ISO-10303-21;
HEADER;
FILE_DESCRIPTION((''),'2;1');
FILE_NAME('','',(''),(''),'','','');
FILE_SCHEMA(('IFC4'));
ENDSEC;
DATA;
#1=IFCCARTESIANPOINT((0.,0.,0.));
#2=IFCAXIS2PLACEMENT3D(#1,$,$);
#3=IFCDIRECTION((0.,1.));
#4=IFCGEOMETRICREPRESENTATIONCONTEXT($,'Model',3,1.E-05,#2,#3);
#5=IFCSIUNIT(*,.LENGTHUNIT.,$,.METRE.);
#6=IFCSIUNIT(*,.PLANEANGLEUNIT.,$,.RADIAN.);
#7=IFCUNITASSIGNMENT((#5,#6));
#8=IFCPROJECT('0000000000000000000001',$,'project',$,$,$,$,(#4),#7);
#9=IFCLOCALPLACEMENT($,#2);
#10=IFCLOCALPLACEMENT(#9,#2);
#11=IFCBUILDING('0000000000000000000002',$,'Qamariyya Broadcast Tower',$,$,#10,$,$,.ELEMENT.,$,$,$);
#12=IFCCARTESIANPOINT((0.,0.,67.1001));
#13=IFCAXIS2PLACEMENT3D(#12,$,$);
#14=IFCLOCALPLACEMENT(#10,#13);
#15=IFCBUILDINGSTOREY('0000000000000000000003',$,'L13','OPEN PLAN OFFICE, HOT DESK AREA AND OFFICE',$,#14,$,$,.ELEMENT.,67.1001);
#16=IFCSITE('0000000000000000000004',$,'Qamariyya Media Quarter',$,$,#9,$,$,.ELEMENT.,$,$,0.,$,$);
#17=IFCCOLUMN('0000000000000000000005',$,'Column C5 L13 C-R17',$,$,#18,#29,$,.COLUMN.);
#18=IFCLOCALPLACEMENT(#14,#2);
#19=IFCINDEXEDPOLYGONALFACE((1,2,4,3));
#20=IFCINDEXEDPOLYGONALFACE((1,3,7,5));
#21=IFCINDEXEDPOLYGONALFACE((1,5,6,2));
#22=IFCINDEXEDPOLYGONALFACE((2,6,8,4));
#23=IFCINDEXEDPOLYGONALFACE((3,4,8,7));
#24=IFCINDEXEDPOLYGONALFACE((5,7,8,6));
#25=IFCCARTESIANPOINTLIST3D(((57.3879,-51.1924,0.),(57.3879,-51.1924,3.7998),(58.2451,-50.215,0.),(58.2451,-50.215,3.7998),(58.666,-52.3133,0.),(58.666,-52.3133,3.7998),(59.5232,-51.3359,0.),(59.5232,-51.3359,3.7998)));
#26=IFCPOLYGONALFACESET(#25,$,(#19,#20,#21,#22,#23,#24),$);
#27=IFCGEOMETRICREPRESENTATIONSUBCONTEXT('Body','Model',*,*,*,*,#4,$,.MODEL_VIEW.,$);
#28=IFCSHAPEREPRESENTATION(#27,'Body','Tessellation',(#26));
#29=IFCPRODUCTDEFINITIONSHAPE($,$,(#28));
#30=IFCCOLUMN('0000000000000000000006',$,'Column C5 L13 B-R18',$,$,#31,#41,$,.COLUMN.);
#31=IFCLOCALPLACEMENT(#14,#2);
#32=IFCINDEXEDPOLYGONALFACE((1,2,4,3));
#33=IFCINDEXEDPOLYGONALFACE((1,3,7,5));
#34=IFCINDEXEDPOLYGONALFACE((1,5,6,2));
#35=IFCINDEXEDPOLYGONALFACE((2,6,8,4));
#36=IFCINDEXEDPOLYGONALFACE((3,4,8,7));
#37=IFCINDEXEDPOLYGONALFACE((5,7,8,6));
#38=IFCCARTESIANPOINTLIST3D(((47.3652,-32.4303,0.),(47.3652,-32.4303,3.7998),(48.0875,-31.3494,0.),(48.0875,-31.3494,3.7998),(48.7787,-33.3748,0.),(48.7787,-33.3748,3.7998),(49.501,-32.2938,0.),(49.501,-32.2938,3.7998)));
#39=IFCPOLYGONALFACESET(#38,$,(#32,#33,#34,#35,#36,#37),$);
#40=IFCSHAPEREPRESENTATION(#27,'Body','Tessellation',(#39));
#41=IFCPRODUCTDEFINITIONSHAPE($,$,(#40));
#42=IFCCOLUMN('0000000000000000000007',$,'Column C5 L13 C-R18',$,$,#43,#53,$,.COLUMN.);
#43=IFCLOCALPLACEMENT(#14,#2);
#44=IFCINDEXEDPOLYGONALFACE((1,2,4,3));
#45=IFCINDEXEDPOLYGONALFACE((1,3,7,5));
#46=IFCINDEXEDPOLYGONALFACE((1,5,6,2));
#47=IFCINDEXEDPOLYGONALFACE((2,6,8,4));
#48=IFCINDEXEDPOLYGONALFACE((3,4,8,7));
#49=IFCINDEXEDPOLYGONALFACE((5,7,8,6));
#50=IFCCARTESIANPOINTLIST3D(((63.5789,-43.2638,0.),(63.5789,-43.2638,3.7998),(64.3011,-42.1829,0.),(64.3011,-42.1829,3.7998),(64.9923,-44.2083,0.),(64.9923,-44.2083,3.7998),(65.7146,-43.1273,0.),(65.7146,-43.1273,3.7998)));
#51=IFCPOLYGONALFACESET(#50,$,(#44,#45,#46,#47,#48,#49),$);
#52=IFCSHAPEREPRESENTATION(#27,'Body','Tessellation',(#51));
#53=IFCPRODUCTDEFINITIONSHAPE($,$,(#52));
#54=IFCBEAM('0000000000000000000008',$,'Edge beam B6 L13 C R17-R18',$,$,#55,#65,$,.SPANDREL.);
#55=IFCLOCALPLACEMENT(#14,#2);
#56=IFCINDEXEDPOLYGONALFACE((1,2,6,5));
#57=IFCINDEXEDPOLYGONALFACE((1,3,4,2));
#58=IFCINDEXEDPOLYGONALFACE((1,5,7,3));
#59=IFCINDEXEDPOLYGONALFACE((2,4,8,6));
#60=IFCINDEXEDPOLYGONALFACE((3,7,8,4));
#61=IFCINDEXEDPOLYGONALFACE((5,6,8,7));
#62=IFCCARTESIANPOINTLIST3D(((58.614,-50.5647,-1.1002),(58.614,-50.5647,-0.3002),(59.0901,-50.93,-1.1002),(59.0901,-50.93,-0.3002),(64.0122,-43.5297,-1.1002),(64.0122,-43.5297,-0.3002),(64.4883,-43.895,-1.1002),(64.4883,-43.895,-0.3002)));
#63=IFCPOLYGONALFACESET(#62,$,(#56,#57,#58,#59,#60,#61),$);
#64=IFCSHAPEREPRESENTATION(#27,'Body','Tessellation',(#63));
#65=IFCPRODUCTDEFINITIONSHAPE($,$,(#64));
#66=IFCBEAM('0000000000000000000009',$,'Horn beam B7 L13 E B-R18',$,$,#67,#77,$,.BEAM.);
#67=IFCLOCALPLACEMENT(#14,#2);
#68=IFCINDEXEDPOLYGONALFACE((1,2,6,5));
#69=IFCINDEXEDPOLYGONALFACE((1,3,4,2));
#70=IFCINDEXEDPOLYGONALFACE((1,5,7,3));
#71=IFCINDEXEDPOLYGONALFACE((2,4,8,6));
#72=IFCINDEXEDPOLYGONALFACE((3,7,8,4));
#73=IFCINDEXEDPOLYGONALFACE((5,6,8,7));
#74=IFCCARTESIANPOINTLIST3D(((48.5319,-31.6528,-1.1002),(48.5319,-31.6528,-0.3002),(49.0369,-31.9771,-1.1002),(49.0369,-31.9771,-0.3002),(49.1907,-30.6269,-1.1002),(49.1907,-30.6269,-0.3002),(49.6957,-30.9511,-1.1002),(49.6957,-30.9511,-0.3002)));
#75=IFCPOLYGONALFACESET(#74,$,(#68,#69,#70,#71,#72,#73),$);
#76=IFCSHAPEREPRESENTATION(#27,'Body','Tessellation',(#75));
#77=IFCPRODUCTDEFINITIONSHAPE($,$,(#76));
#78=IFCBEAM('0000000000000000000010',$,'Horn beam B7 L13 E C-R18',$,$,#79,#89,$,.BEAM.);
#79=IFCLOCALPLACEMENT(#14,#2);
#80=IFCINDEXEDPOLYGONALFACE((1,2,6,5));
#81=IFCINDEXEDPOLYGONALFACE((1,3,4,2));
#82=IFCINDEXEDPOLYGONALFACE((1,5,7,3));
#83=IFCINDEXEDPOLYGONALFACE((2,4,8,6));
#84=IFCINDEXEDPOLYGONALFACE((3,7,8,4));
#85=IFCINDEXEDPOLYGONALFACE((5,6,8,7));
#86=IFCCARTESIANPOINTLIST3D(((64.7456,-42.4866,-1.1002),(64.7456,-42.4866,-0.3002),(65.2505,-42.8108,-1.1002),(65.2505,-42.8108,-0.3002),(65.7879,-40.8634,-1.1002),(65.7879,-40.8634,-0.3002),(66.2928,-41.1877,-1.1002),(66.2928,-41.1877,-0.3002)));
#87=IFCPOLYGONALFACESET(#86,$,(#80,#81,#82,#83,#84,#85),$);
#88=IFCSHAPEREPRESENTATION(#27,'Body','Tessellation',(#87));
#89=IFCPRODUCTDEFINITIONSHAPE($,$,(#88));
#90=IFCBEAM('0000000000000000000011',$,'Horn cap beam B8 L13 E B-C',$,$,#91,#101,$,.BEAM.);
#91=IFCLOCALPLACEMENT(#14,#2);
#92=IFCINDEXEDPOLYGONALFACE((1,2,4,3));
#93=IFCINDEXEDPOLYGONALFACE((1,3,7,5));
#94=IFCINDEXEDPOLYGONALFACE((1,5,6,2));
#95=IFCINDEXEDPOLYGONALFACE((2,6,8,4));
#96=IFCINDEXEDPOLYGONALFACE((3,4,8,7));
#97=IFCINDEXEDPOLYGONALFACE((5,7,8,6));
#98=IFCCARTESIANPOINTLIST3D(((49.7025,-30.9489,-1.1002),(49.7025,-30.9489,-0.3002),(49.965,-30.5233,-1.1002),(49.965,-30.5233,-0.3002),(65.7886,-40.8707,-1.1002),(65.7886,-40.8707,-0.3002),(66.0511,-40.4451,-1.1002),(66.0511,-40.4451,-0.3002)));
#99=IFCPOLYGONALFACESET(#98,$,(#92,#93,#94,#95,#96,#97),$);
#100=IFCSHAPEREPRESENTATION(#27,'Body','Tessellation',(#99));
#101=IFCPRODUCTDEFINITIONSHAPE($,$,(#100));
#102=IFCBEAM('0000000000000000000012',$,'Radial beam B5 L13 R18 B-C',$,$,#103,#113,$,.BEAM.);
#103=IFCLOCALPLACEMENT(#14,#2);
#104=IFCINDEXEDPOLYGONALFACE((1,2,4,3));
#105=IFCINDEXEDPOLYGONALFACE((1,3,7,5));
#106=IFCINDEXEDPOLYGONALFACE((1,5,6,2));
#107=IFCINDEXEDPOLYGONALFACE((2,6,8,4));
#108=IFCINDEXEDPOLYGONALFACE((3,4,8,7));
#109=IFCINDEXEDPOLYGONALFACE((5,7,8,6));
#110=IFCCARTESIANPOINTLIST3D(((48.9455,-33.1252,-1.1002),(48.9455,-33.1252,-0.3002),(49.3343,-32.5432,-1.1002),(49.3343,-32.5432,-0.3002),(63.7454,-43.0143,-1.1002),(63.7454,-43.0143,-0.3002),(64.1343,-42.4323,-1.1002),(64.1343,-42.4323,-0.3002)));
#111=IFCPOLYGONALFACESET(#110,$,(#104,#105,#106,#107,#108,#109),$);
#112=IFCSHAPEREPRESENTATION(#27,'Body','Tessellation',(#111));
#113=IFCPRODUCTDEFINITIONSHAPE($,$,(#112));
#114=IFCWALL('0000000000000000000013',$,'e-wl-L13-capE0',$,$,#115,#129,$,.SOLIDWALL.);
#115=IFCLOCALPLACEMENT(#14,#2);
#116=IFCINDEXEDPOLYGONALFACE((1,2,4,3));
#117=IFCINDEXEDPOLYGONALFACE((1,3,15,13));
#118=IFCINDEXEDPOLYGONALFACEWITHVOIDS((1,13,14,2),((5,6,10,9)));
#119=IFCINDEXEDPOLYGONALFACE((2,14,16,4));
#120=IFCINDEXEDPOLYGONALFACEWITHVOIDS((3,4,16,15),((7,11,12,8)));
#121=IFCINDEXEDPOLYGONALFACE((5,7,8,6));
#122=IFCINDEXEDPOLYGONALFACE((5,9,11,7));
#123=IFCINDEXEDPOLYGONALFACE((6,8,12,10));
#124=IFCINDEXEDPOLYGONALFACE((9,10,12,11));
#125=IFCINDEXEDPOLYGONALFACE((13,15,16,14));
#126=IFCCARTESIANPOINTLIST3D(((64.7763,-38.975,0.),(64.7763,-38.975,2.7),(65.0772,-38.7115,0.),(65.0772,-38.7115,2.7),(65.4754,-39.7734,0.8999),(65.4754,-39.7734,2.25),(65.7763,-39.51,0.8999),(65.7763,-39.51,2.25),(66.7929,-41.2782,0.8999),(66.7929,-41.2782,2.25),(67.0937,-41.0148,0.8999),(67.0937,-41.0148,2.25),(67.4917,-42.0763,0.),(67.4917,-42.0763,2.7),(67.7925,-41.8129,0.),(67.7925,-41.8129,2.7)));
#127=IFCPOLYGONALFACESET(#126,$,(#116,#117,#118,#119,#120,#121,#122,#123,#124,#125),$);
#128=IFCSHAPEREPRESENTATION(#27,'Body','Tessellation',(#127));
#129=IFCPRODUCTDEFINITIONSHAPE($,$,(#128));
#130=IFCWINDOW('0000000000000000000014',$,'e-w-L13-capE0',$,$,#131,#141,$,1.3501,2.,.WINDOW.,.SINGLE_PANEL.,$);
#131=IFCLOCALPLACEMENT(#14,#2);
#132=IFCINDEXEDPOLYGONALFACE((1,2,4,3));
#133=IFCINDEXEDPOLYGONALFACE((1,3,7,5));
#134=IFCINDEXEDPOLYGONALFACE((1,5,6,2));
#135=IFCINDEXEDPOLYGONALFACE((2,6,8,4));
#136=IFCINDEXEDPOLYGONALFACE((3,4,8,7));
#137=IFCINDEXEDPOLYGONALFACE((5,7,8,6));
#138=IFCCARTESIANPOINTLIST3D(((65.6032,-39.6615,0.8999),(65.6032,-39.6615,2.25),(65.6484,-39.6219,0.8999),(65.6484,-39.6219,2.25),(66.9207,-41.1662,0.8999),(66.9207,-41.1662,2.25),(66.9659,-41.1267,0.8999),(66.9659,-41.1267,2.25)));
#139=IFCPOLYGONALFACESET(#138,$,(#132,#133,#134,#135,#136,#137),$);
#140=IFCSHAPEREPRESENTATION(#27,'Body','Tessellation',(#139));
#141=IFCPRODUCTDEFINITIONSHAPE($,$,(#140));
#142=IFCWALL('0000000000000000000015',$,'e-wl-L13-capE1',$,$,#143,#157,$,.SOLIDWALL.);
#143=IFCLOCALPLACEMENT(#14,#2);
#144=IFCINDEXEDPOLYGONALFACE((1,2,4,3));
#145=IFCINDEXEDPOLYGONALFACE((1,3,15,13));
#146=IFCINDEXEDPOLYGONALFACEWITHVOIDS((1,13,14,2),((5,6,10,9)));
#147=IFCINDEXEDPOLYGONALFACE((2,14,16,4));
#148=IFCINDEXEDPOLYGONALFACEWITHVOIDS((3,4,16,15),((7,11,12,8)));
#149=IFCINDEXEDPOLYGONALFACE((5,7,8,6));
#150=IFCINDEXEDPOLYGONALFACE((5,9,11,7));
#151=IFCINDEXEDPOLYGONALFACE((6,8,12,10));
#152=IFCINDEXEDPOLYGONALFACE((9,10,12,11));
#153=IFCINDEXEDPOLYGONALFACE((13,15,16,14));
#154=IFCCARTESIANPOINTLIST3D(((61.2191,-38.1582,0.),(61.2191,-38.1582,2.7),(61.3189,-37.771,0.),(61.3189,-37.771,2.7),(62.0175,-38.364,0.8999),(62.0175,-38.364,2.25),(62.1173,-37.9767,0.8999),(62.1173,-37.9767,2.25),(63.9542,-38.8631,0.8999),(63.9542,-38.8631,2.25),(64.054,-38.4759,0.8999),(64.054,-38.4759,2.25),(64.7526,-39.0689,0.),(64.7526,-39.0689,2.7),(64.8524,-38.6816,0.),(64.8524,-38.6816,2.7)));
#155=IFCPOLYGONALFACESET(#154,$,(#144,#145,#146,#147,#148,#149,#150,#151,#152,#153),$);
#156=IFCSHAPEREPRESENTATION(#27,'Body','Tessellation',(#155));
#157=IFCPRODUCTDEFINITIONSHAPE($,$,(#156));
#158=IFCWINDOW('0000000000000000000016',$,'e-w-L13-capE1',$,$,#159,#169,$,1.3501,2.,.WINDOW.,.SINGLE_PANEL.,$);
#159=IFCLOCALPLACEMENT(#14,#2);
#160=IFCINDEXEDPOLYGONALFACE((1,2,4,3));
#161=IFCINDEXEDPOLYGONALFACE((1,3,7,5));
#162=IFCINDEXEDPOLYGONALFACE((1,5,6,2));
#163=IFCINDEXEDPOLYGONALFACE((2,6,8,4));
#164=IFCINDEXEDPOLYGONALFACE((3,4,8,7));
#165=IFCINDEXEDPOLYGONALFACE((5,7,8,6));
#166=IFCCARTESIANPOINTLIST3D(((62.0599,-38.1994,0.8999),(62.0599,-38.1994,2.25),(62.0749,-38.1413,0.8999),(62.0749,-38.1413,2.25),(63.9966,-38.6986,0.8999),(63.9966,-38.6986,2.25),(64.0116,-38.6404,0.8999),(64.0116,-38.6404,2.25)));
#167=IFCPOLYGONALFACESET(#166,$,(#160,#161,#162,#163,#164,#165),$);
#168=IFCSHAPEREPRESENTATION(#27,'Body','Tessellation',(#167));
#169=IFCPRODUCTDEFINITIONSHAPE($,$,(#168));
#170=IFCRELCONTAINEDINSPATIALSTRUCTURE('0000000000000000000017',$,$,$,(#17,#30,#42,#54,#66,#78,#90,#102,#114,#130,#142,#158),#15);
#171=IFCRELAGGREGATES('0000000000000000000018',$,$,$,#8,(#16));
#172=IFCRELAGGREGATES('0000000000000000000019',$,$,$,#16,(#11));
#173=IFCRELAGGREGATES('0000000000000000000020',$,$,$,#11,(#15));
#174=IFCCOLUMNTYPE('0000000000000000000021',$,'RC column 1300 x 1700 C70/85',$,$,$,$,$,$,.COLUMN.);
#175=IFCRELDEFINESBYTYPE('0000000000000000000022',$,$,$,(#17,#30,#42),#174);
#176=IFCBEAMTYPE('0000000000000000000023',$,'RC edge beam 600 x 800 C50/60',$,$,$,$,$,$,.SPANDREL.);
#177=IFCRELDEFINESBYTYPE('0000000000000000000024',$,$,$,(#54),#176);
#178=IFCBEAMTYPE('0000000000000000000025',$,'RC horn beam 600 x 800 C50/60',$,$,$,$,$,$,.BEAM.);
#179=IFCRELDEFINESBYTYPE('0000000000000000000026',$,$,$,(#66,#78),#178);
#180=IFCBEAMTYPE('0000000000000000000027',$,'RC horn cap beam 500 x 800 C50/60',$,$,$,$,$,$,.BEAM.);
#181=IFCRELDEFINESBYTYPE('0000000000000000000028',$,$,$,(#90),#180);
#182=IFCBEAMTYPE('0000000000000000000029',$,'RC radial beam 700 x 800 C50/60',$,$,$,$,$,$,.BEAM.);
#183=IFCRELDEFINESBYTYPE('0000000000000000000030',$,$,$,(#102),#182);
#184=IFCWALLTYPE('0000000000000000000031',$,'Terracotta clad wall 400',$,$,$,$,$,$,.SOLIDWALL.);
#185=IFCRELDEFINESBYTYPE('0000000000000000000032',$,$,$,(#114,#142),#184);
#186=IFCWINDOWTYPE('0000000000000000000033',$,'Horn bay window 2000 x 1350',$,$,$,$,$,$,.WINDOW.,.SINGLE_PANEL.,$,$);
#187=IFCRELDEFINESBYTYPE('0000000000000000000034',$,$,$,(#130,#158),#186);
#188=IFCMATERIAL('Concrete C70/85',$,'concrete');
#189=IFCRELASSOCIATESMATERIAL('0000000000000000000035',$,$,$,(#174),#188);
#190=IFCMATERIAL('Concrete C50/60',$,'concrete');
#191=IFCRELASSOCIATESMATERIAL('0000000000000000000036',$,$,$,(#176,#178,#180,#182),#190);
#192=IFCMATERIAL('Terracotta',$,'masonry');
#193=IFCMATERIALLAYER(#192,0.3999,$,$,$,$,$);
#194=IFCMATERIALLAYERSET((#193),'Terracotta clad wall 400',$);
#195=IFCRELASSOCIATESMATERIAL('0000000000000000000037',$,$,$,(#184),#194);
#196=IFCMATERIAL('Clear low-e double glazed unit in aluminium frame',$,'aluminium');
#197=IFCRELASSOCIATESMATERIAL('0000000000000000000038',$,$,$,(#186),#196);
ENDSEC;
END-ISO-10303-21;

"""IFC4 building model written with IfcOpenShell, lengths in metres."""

from ifc_helpers import new_model, si_unit, direction, frame, frame_2d, origin, origin_2d, place, context, subcontext, project, spatial, rectangle, extrude, material, layer, layer_set, material_profile, profile_set, type_object, element, fill, save


model = new_model("IFC4")

# Units and contexts
model_context = context("Model", 3, precision=1e-05, world=origin(), true_north=direction((0.0, 1.0)))
body_context = subcontext(model_context, "Body", "Model", "MODEL_VIEW")
ifc_project = project(units=[si_unit("LENGTHUNIT", "METRE"), si_unit("PLANEANGLEUNIT", "RADIAN")], contexts=[model_context])

# Site, building, storey
site_placement = place(None, origin())
site = spatial("IfcSite", under=ifc_project, at=site_placement, Name="Qamariyya Media Quarter", CompositionType="ELEMENT", RefElevation=0.0)
building_placement = place(site_placement, origin())
building = spatial("IfcBuilding", under=site, at=building_placement, Name="Qamariyya Broadcast Tower", CompositionType="ELEMENT")
storey_placement = place(building_placement, frame((0.0, 0.0, 67.1001)))
storey = spatial("IfcBuildingStorey", under=building, at=storey_placement, Name="L13", Description="OPEN PLAN OFFICE, HOT DESK AREA AND OFFICE", CompositionType="ELEMENT", Elevation=67.1001)

# Columns
ifc_material_1 = material(Name="Concrete C70/85", Category="concrete")
ifc_material_profile_1 = material_profile(ifc_material_1, rectangle(XDim=1.3, YDim=1.7, at=origin_2d()))
ifc_profile_set_1 = profile_set([ifc_material_profile_1], Name="Concrete C70/85")
column_type = type_object("IfcColumnType", Name="RC column 1300 x 1700 C70/85", PredefinedType="COLUMN", material=ifc_profile_set_1)
for number, where, z_axis, x_axis, name in (
    (1, (58.4556, -51.2642, 0.0), (0.0, 0.0, 1.0), (0.659346, 0.75184, 0.0), "Column C5 L13 C-R17"),
    (2, (48.4331, -32.3621, 0.0), (0.0, 0.0, 1.0), (0.55557, 0.83147, 0.0), "Column C5 L13 B-R18"),
    (3, (64.6467, -43.1956, 0.0), (0.0, 0.0, 1.0), (0.55557, 0.83147, 0.0), "Column C5 L13 C-R18"),
):
    element("IfcColumn", number, at=place(storey_placement, frame(where, z_axis=z_axis, x_axis=x_axis)), inside=storey, type_object=column_type, Name=name, PredefinedType="COLUMN", context=body_context, shape_type="SweptSolid", body=[
        extrude(rectangle(XDim=1.3, YDim=1.7, at=origin_2d()), origin(), (0.0, 0.0, 1.0), 3.7998),
    ])

# Beams
ifc_material_2 = material(Name="Concrete C50/60", Category="concrete")
ifc_material_profile_2 = material_profile(ifc_material_2, rectangle(XDim=0.6001, YDim=0.8, at=origin_2d()))
ifc_profile_set_2 = profile_set([ifc_material_profile_2], Name="Concrete C50/60")
beam_type_1 = type_object("IfcBeamType", Name="RC edge beam 600 x 800 C50/60", PredefinedType="SPANDREL", material=ifc_profile_set_2)
beam_1_placement = place(storey_placement, frame((58.8521, -50.7473, -0.7002), z_axis=(0.60877, 0.793347, 0.0), x_axis=(-0.793347, 0.60877, 0.0)))
element("IfcBeam", 4, at=beam_1_placement, inside=storey, type_object=beam_type_1, Name="Edge beam B6 L13 C R17-R18", PredefinedType="SPANDREL", context=body_context, shape_type="SweptSolid", body=[
    extrude(rectangle(XDim=0.6001, YDim=0.8, at=origin_2d()), origin(), (0.0, 0.0, 1.0), 8.8674),
])
ifc_material_profile_3 = material_profile(ifc_material_2, rectangle(XDim=0.6001, YDim=0.8, at=origin_2d()))
ifc_profile_set_3 = profile_set([ifc_material_profile_3], Name="Concrete C50/60")
beam_type_2 = type_object("IfcBeamType", Name="RC horn beam 600 x 800 C50/60", PredefinedType="BEAM", material=ifc_profile_set_3)
beam_2_placement = place(storey_placement, frame((48.7844, -31.8149, -0.7002), z_axis=(0.540292, 0.841478, 0.0), x_axis=(-0.841478, 0.540292, 0.0)))
element("IfcBeam", 5, at=beam_2_placement, inside=storey, type_object=beam_type_2, Name="Horn beam B7 L13 E B-R18", PredefinedType="BEAM", context=body_context, shape_type="SweptSolid", body=[
    extrude(rectangle(XDim=0.6001, YDim=0.8, at=origin_2d()), origin(), (0.0, 0.0, 1.0), 1.2192),
])
beam_3_placement = place(storey_placement, frame((64.998, -42.6487, -0.7002), z_axis=(0.540335, 0.84145, 0.0), x_axis=(-0.84145, 0.540335, 0.0)))
element("IfcBeam", 6, at=beam_3_placement, inside=storey, type_object=beam_type_2, Name="Horn beam B7 L13 E C-R18", PredefinedType="BEAM", context=body_context, shape_type="SweptSolid", body=[
    extrude(rectangle(XDim=0.6001, YDim=0.8, at=origin_2d()), origin(), (0.0, 0.0, 1.0), 1.929),
])
ifc_material_profile_4 = material_profile(ifc_material_2, rectangle(XDim=0.5, YDim=0.8, at=origin_2d()))
ifc_profile_set_4 = profile_set([ifc_material_profile_4], Name="Concrete C50/60")
beam_type_3 = type_object("IfcBeamType", Name="RC horn cap beam 500 x 800 C50/60", PredefinedType="BEAM", material=ifc_profile_set_4)
beam_4_placement = place(storey_placement, frame((49.8337, -30.7361, -0.7002), z_axis=(0.851122, -0.524968, 0.0), x_axis=(0.524968, 0.851122, 0.0)))
element("IfcBeam", 7, at=beam_4_placement, inside=storey, type_object=beam_type_3, Name="Horn cap beam B8 L13 E B-C", PredefinedType="BEAM", context=body_context, shape_type="SweptSolid", body=[
    extrude(rectangle(XDim=0.5, YDim=0.8, at=origin_2d()), origin(), (0.0, 0.0, 1.0), 18.8999),
])
ifc_material_profile_5 = material_profile(ifc_material_2, rectangle(XDim=0.7, YDim=0.8, at=origin_2d()))
ifc_profile_set_5 = profile_set([ifc_material_profile_5], Name="Concrete C50/60")
beam_type_4 = type_object("IfcBeamType", Name="RC radial beam 700 x 800 C50/60", PredefinedType="BEAM", material=ifc_profile_set_5)
beam_5_placement = place(storey_placement, frame((49.1399, -32.8342, -0.7002), z_axis=(0.831467, -0.555573, 0.0), x_axis=(0.555573, 0.831467, 0.0)))
element("IfcBeam", 8, at=beam_5_placement, inside=storey, type_object=beam_type_4, Name="Radial beam B5 L13 R18 B-C", PredefinedType="BEAM", context=body_context, shape_type="SweptSolid", body=[
    extrude(rectangle(XDim=0.7, YDim=0.8, at=origin_2d()), origin(), (0.0, 0.0, 1.0), 17.7998),
])

# Walls, openings, windows
ifc_material_3 = material(Name="Terracotta", Category="masonry")
ifc_layer = layer(ifc_material_3, 0.3999)
ifc_layer_set = layer_set([ifc_layer], Name="Terracotta clad wall 400")
wall_type = type_object("IfcWallType", Name="Terracotta clad wall 400", PredefinedType="SOLIDWALL", material=ifc_layer_set)
wall_1_placement = place(storey_placement, frame((67.6421, -41.9446, 0.0), z_axis=(0.0, 0.0, 1.0), x_axis=(-0.658735, 0.752375, 0.0)))
wall_1 = element("IfcWall", 9, at=wall_1_placement, inside=storey, type_object=wall_type, Name="e-wl-L13-capE0", PredefinedType="SOLIDWALL", context=body_context, shape_type="SweptSolid", body=[
    extrude(rectangle(XDim=4.1221, YDim=0.3999, at=frame_2d((2.061, 0.0))), origin(), (0.0, 0.0, 1.0), 2.7),
])
opening_1_placement = place(wall_1_placement, frame((1.0608, 0.0, 0.8999)))
opening_1 = element("IfcOpeningElement", 10, at=opening_1_placement, cuts=wall_1, PredefinedType="OPENING", context=body_context, shape_type="SweptSolid", body=[
    extrude(rectangle(XDim=2.0, YDim=1.3501, at=frame_2d((1.0, 0.675))), frame((0.0, 0.21, 0.0), z_axis=(0.0, -1.0, 0.0), x_axis=(1.0, 0.0, 0.0)), (0.0, 0.0, 1.0), 0.4199),
])
ifc_material_4 = material(Name="Clear low-e double glazed unit in aluminium frame", Category="aluminium")
window_type = type_object("IfcWindowType", Name="Horn bay window 2000 x 1350", PartitioningType="SINGLE_PANEL", PredefinedType="WINDOW", material=ifc_material_4)
window_1_placement = place(opening_1_placement, origin())
window_1 = element("IfcWindow", 11, at=window_1_placement, inside=storey, type_object=window_type, Name="e-w-L13-capE0", OverallHeight=1.3501, OverallWidth=2.0, PartitioningType="SINGLE_PANEL", PredefinedType="WINDOW", context=body_context, shape_type="SweptSolid", body=[
    extrude(rectangle(XDim=2.0, YDim=1.3501, at=frame_2d((1.0, 0.675))), frame((0.0, 0.03, 0.0), z_axis=(0.0, -1.0, 0.0), x_axis=(1.0, 0.0, 0.0)), (0.0, 0.0, 1.0), 0.0601),
])
fill(opening_1, window_1)
wall_2_placement = place(storey_placement, frame((64.8025, -38.8752, 0.0), z_axis=(0.0, 0.0, 1.0), x_axis=(-0.968358, 0.249566, 0.0)))
wall_2 = element("IfcWall", 12, at=wall_2_placement, inside=storey, type_object=wall_type, Name="e-wl-L13-capE1", PredefinedType="SOLIDWALL", context=body_context, shape_type="SweptSolid", body=[
    extrude(rectangle(XDim=3.6489, YDim=0.3999, at=frame_2d((1.8245, 0.0))), origin(), (0.0, 0.0, 1.0), 2.7),
])
opening_2_placement = place(wall_2_placement, frame((0.8245, 0.0, 0.8999)))
opening_2 = element("IfcOpeningElement", 13, at=opening_2_placement, cuts=wall_2, PredefinedType="OPENING", context=body_context, shape_type="SweptSolid", body=[
    extrude(rectangle(XDim=2.0, YDim=1.3501, at=frame_2d((1.0, 0.675))), frame((0.0, 0.21, 0.0), z_axis=(0.0, -1.0, 0.0), x_axis=(1.0, 0.0, 0.0)), (0.0, 0.0, 1.0), 0.4199),
])
window_2_placement = place(opening_2_placement, origin())
window_2 = element("IfcWindow", 14, at=window_2_placement, inside=storey, type_object=window_type, Name="e-w-L13-capE1", OverallHeight=1.3501, OverallWidth=2.0, PartitioningType="SINGLE_PANEL", PredefinedType="WINDOW", context=body_context, shape_type="SweptSolid", body=[
    extrude(rectangle(XDim=2.0, YDim=1.3501, at=frame_2d((1.0, 0.675))), frame((0.0, 0.03, 0.0), z_axis=(0.0, -1.0, 0.0), x_axis=(1.0, 0.0, 0.0)), (0.0, 0.0, 1.0), 0.0601),
])
fill(opening_2, window_2)

save(model, "model.ifc")
